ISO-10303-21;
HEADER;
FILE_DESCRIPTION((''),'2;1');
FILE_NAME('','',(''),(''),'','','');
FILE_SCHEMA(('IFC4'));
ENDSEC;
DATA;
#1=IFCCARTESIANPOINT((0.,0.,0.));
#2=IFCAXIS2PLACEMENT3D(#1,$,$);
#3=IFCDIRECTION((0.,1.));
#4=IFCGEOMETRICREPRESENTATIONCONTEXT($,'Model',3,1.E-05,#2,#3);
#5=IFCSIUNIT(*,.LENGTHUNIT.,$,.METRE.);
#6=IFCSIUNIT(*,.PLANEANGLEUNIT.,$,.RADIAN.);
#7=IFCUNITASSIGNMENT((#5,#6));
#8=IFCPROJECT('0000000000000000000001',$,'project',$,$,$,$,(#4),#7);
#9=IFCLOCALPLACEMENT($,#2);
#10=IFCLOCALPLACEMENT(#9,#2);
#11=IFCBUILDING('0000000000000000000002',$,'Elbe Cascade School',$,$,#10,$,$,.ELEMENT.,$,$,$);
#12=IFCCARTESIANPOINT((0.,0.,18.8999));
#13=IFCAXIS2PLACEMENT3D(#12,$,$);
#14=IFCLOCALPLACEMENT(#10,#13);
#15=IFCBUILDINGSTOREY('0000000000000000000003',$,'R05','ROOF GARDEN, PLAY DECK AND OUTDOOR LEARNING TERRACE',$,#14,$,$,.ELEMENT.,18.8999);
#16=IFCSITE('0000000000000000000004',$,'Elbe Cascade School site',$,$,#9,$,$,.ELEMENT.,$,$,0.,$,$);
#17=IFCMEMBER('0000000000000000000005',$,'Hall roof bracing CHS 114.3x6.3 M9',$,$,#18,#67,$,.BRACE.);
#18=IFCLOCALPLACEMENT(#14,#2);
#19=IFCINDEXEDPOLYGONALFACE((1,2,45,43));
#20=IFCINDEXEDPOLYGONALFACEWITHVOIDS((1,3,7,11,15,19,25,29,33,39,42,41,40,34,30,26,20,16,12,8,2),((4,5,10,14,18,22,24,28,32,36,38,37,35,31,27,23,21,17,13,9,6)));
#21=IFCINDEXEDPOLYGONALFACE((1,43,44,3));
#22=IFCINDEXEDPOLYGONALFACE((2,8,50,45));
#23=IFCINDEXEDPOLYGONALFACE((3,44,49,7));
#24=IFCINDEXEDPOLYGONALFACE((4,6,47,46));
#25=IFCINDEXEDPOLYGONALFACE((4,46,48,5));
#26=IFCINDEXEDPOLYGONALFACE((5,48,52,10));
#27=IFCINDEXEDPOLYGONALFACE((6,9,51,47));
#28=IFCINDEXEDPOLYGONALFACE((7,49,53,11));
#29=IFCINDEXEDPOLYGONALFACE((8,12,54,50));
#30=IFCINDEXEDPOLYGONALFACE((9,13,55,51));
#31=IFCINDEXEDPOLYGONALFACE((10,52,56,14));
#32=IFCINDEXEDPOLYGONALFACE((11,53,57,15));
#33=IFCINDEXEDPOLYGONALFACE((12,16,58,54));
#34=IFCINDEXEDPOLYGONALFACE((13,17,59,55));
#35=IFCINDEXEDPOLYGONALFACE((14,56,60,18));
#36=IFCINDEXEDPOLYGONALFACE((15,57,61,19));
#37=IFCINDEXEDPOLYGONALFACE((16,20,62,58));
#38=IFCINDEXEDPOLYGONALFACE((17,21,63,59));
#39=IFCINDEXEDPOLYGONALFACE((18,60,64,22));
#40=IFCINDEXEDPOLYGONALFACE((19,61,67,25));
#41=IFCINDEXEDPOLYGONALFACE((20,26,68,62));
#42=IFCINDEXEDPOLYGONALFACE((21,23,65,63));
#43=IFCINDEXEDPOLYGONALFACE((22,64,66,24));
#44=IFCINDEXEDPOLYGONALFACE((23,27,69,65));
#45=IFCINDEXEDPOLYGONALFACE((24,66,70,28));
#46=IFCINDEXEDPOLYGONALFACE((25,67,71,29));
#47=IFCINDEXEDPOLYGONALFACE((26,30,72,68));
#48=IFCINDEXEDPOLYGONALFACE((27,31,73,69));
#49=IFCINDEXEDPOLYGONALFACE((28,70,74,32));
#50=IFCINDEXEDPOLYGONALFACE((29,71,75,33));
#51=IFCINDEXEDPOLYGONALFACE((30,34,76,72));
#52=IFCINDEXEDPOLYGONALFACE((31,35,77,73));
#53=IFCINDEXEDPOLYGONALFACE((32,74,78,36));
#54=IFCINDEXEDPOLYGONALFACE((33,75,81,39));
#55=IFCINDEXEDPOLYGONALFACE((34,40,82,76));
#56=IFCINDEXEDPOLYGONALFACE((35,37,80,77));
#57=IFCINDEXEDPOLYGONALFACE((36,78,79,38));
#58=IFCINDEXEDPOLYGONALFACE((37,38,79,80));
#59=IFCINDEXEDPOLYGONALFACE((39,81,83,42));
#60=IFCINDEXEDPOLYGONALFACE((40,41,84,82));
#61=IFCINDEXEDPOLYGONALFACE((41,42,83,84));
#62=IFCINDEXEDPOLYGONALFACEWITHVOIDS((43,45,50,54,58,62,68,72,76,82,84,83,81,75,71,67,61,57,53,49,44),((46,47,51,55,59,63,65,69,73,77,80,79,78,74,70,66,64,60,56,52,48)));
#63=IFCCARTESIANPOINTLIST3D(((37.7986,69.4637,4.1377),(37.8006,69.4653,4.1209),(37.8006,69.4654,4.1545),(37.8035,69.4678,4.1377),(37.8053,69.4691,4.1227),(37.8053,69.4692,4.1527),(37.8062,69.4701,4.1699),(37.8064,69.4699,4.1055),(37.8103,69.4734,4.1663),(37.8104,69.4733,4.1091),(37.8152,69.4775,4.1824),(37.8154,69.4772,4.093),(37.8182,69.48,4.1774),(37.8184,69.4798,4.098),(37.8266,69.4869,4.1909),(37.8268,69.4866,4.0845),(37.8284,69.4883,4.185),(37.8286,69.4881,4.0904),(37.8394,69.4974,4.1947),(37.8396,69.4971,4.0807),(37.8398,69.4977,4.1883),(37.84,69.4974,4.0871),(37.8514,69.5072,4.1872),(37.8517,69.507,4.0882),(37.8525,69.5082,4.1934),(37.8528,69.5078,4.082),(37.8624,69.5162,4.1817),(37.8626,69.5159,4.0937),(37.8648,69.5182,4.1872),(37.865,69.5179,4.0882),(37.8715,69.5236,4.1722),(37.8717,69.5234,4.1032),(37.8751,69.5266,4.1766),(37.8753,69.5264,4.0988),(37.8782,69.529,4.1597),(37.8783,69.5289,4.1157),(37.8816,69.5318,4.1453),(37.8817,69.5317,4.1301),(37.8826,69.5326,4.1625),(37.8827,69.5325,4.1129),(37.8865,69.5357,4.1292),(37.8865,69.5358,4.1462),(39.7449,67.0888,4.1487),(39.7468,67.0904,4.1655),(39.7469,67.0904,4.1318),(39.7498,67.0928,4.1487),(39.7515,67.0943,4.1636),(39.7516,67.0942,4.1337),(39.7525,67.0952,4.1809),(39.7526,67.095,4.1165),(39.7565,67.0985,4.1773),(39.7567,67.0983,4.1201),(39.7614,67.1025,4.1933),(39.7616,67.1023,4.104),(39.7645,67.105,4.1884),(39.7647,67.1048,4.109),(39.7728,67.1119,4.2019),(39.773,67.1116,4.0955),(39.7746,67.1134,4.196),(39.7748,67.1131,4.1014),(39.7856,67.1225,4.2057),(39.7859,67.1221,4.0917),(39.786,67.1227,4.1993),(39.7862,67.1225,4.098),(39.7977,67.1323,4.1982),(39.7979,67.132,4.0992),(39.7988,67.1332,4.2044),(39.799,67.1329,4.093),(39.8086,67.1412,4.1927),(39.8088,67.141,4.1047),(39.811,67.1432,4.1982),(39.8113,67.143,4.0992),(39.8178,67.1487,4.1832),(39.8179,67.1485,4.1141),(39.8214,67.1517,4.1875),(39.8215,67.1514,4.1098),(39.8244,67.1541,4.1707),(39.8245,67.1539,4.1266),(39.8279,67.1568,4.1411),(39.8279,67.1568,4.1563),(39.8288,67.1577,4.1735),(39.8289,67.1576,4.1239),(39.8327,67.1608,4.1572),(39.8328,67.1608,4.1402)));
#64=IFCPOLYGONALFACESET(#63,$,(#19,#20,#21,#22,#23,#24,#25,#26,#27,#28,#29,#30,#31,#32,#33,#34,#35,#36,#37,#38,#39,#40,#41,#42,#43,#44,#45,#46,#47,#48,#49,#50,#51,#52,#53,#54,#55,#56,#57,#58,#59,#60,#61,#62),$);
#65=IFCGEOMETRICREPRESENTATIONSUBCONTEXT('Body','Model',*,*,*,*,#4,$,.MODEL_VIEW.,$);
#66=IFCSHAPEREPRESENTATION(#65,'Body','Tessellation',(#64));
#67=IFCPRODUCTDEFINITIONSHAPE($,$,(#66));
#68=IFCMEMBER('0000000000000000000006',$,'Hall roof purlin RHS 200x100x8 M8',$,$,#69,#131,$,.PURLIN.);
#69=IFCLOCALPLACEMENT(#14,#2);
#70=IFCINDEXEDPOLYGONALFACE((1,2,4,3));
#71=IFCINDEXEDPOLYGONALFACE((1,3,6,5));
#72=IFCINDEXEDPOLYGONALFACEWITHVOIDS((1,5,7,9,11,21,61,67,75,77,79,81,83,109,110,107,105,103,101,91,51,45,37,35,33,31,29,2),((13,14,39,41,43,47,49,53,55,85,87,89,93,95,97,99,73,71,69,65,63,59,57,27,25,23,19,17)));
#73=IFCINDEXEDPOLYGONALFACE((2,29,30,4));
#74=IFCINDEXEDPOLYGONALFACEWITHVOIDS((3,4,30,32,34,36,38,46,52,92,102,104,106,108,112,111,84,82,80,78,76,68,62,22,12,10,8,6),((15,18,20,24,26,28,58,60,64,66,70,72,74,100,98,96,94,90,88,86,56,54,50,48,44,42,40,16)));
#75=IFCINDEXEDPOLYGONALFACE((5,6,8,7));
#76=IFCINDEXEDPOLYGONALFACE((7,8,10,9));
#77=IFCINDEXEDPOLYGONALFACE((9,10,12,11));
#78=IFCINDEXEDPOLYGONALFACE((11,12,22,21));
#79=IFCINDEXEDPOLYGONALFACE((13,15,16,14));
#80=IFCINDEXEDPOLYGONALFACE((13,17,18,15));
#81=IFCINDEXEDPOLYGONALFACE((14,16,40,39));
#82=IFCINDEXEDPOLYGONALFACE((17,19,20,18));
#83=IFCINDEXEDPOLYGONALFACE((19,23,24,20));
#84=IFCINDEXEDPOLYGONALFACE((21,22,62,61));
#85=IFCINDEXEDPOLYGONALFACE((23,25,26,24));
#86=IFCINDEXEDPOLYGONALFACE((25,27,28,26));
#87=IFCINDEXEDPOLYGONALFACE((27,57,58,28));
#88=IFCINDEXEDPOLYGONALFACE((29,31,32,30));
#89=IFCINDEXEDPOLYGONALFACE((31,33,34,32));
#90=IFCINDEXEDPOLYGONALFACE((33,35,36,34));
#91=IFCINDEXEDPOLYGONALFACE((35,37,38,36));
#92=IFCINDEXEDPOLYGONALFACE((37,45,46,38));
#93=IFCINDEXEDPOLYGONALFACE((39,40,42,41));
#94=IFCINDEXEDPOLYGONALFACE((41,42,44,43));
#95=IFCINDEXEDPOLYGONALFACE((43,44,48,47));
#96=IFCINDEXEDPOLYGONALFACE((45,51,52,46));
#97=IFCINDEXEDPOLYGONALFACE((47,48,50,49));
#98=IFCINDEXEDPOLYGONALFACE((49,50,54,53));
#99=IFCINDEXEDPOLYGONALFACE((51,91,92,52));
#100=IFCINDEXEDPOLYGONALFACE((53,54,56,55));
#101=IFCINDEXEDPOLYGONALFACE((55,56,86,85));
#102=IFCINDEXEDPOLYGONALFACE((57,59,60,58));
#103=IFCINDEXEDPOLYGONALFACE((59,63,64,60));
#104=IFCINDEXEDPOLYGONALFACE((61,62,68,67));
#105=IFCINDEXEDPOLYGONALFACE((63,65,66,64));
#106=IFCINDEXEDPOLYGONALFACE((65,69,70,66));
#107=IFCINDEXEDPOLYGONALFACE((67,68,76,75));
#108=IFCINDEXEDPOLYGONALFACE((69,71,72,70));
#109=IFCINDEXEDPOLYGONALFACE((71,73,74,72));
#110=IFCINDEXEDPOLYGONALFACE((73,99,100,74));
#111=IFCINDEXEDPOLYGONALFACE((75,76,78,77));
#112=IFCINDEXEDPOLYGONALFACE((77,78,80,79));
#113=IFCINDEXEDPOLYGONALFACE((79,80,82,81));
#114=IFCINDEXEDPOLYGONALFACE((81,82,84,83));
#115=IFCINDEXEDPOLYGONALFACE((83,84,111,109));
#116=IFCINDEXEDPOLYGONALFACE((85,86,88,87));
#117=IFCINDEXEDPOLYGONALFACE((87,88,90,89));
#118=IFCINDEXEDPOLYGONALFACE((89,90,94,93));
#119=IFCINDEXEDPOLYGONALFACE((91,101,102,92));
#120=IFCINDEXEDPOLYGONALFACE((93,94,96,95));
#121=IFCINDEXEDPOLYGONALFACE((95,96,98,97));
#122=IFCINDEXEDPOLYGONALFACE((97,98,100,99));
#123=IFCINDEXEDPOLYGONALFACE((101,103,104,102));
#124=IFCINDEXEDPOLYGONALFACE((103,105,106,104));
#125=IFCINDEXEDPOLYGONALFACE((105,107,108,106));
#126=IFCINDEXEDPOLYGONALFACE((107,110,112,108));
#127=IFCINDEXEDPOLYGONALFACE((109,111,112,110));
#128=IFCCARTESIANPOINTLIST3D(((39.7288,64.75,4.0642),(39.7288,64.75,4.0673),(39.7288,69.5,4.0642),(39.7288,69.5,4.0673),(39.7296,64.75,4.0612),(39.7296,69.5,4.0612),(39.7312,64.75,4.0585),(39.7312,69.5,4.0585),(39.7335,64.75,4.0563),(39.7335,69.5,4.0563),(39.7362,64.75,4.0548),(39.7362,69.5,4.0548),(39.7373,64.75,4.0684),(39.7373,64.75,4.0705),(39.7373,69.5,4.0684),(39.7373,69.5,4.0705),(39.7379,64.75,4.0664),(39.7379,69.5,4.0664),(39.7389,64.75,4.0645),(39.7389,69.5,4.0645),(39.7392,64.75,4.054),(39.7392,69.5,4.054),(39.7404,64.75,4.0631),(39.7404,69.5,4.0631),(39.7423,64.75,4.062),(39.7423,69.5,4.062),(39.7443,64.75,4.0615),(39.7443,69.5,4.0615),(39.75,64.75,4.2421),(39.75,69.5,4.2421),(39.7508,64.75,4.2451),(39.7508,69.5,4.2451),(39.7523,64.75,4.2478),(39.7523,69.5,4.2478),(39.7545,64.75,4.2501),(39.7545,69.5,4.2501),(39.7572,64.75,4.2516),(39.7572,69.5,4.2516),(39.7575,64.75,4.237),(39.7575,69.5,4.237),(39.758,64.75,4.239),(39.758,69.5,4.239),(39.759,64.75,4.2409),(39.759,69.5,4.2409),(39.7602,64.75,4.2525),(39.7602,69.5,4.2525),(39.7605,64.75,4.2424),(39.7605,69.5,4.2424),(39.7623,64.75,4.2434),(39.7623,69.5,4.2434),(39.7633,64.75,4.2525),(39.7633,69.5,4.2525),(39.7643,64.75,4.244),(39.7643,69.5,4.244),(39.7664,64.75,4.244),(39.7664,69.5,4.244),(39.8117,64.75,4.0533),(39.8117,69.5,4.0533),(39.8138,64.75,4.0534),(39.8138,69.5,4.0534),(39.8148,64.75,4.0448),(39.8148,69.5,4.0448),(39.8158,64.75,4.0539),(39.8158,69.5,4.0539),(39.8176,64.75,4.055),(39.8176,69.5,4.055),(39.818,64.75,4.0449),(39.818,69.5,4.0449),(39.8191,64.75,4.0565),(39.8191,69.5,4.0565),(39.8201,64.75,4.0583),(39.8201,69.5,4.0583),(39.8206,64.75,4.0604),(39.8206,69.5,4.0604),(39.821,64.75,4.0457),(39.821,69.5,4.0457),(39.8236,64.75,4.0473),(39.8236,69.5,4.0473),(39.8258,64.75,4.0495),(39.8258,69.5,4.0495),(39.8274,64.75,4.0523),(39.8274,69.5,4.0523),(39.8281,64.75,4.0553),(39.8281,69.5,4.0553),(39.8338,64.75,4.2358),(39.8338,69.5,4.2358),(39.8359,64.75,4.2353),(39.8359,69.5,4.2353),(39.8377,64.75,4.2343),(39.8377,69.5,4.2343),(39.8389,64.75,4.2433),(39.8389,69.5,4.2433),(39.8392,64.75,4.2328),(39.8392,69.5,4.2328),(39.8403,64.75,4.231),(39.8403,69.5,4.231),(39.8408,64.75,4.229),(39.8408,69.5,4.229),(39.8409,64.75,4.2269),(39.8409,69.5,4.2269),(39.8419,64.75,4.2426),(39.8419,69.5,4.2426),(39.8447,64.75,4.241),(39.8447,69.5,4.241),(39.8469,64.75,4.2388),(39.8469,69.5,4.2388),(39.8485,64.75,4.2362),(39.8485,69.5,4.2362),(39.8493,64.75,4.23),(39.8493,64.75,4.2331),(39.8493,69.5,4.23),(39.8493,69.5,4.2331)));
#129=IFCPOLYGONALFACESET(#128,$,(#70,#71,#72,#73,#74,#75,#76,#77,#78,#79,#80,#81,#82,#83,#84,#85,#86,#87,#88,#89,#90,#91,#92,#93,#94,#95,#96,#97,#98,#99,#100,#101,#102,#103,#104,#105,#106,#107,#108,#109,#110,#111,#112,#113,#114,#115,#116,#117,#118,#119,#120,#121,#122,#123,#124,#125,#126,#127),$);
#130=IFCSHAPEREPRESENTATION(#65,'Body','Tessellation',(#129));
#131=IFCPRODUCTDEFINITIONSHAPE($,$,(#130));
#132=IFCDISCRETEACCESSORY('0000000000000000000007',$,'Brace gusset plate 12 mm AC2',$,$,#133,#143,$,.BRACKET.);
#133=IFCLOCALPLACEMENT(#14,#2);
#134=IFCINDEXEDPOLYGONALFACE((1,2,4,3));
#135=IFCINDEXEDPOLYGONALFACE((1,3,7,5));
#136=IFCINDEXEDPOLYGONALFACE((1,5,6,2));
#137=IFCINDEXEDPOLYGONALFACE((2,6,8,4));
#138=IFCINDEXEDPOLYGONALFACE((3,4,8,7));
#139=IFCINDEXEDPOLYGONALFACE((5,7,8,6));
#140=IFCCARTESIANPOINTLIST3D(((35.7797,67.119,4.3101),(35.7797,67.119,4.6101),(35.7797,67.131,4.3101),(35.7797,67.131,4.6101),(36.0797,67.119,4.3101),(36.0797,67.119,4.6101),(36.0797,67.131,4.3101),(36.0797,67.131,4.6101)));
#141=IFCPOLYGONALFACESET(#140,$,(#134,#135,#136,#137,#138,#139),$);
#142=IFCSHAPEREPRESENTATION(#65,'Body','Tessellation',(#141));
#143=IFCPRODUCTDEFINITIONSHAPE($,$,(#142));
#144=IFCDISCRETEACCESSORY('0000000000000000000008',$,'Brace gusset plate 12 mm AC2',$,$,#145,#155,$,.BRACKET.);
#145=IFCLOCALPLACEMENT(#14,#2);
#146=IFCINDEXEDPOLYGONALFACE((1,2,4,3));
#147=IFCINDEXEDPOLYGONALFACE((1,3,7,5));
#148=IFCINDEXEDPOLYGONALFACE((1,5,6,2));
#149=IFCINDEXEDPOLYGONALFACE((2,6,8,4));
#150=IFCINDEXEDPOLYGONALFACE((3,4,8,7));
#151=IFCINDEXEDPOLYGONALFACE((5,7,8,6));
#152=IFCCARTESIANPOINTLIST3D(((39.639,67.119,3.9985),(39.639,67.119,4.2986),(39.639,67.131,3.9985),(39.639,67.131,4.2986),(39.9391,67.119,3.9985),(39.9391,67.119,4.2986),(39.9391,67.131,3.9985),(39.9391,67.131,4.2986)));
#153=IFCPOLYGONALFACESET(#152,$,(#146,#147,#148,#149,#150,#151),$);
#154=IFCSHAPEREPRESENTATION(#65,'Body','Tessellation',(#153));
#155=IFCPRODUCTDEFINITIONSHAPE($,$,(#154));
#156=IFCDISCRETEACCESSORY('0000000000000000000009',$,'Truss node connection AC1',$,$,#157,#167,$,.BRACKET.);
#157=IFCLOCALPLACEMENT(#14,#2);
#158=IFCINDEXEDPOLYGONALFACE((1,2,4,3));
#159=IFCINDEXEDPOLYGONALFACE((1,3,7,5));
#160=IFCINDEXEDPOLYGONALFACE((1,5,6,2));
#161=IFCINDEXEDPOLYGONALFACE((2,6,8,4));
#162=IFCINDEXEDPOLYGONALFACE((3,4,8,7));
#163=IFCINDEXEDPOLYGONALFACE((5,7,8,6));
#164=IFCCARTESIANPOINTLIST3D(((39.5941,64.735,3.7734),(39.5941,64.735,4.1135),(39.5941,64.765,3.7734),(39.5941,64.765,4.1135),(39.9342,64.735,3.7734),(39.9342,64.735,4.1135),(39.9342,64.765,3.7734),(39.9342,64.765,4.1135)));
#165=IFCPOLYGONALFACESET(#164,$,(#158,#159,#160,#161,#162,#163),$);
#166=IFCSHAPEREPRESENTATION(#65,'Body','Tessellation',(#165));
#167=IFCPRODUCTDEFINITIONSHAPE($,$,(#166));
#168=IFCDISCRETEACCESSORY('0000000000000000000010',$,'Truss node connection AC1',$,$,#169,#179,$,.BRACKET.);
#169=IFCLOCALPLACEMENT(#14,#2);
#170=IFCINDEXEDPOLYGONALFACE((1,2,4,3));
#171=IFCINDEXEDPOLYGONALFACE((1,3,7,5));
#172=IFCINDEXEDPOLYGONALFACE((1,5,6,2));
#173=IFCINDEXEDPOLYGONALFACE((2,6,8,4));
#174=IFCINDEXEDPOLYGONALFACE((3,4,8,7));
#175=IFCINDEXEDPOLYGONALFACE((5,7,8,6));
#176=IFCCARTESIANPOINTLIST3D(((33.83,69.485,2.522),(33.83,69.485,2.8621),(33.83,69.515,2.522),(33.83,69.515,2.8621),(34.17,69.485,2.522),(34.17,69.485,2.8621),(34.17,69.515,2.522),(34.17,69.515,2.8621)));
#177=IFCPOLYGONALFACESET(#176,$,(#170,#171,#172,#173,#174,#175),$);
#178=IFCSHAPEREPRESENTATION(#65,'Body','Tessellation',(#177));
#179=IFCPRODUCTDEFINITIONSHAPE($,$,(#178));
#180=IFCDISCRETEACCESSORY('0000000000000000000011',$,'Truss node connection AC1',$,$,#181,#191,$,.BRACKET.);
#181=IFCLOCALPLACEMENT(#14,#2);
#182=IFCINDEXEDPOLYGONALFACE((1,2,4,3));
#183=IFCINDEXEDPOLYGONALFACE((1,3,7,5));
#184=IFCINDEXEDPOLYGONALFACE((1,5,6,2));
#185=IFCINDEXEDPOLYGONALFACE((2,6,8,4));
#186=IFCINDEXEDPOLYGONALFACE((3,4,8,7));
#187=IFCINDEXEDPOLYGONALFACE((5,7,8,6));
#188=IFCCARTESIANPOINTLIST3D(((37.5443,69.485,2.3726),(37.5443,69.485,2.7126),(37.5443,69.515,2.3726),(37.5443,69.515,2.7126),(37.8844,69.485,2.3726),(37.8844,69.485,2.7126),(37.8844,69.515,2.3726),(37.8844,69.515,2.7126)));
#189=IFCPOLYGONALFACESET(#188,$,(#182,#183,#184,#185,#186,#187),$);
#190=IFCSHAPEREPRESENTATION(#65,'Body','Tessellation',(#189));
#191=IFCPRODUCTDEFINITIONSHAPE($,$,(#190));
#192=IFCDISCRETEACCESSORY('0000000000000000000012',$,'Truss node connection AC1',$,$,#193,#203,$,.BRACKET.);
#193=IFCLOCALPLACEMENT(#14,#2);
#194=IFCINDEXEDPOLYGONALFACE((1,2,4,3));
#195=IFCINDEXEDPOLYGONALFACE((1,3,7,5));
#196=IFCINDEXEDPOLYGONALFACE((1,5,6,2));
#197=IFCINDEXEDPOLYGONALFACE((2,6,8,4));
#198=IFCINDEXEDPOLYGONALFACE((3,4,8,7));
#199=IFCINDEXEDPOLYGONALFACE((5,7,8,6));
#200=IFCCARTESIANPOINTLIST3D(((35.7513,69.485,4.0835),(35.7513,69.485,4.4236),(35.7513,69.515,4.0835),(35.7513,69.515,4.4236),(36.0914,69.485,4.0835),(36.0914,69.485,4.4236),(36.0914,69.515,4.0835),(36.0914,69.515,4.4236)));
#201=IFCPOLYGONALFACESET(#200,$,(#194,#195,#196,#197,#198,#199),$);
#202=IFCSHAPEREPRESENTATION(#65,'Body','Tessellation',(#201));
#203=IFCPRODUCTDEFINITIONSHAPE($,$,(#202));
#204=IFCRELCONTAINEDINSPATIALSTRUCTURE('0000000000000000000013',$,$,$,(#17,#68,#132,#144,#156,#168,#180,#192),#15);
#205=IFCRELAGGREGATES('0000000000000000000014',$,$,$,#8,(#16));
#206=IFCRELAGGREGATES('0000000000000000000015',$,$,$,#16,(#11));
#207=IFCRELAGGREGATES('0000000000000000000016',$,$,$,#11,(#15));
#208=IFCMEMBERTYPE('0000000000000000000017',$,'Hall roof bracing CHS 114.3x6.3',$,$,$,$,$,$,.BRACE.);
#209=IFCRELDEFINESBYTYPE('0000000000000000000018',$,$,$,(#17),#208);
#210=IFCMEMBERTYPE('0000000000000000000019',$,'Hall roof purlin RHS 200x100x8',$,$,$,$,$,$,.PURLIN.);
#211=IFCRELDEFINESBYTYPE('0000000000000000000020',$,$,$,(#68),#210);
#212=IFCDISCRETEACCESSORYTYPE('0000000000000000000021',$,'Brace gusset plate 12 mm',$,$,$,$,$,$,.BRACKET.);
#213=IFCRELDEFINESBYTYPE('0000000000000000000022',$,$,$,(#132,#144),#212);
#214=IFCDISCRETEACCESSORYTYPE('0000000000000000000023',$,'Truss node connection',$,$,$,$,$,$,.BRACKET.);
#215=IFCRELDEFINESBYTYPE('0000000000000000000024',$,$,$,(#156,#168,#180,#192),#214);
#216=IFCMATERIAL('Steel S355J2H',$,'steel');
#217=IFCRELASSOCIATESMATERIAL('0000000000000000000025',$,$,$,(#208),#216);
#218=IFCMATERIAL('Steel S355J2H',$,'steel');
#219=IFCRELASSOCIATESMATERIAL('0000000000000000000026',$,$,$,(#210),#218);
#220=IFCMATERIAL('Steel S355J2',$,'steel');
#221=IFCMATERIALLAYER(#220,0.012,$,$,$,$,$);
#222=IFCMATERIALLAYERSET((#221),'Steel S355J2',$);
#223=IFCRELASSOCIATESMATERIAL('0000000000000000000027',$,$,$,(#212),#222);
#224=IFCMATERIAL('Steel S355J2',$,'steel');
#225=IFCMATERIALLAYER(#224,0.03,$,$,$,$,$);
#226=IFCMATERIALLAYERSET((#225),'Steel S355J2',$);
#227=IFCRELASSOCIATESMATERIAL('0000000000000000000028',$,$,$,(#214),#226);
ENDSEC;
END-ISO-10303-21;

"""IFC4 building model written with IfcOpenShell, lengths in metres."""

from ifc_helpers import new_model, si_unit, direction, frame, origin, origin_2d, place, context, subcontext, project, spatial, rectangle, hollow_rectangle, hollow_circle, extrude, material, layer, layer_set, material_profile, profile_set, type_object, element, save


model = new_model("IFC4")

# Units and contexts
model_context = context("Model", 3, precision=1e-05, world=origin(), true_north=direction((0.0, 1.0)))
body_context = subcontext(model_context, "Body", "Model", "MODEL_VIEW")
ifc_project = project(units=[si_unit("LENGTHUNIT", "METRE"), si_unit("PLANEANGLEUNIT", "RADIAN")], contexts=[model_context])

# Site, building, storey
site_placement = place(None, origin())
site = spatial("IfcSite", under=ifc_project, at=site_placement, Name="Elbe Cascade School site", CompositionType="ELEMENT", RefElevation=0.0)
building_placement = place(site_placement, origin())
building = spatial("IfcBuilding", under=site, at=building_placement, Name="Elbe Cascade School", CompositionType="ELEMENT")
storey_placement = place(building_placement, frame((0.0, 0.0, 18.8999)))
storey = spatial("IfcBuildingStorey", under=building, at=storey_placement, Name="R05", Description="ROOF GARDEN, PLAY DECK AND OUTDOOR LEARNING TERRACE", CompositionType="ELEMENT", Elevation=18.8999)

# Members
ifc_material_1 = material(Name="Steel S355J2H", Category="steel")
ifc_material_profile_1 = material_profile(ifc_material_1, hollow_circle(Radius=0.0571, WallThickness=0.0063, at=origin_2d()), Name="CHS 114.3x6.3")
ifc_profile_set_1 = profile_set([ifc_material_profile_1], Name="Steel S355J2H")
member_type_1 = type_object("IfcMemberType", Name="Hall roof bracing CHS 114.3x6.3", PredefinedType="BRACE", material=ifc_profile_set_1)
member_1_placement = place(storey_placement, frame((39.7891, 67.125, 4.1487), z_axis=(-0.63384, 0.773456, -0.003578), x_axis=(-0.773461, -0.633844, 0.0)))
element("IfcMember", 1, at=member_1_placement, inside=storey, type_object=member_type_1, Name="Hall roof bracing CHS 114.3x6.3 M9", PredefinedType="BRACE", context=body_context, shape_type="SweptSolid", body=[
    extrude(hollow_circle(Radius=0.0571, WallThickness=0.0063, at=origin_2d()), origin(), (0.0, 0.0, 1.0), 3.0706),
])
ifc_material_2 = material(Name="Steel S355J2H", Category="steel")
ifc_material_profile_2 = material_profile(ifc_material_2, hollow_rectangle(XDim=0.1001, YDim=0.2, WallThickness=0.0081, InnerFilletRadius=0.0081, OuterFilletRadius=0.012, at=origin_2d()), Name="RHS 200x100x8")
ifc_profile_set_2 = profile_set([ifc_material_profile_2], Name="Steel S355J2H")
member_type_2 = type_object("IfcMemberType", Name="Hall roof purlin RHS 200x100x8", PredefinedType="PURLIN", material=ifc_profile_set_2)
member_2_placement = place(storey_placement, frame((39.7891, 64.75, 4.1487), z_axis=(0.0, 1.0, 0.0), x_axis=(-0.992718, 0.0, 0.120463)))
element("IfcMember", 2, at=member_2_placement, inside=storey, type_object=member_type_2, Name="Hall roof purlin RHS 200x100x8 M8", PredefinedType="PURLIN", context=body_context, shape_type="SweptSolid", body=[
    extrude(hollow_rectangle(XDim=0.1001, YDim=0.2, WallThickness=0.0081, InnerFilletRadius=0.0081, OuterFilletRadius=0.012, at=origin_2d()), origin(), (0.0, 0.0, 1.0), 4.75),
])

# Discrete accessories
ifc_material_3 = material(Name="Steel S355J2", Category="steel")
ifc_layer_1 = layer(ifc_material_3, 0.012)
ifc_layer_set_1 = layer_set([ifc_layer_1], Name="Steel S355J2")
discrete_accessory_type_1 = type_object("IfcDiscreteAccessoryType", Name="Brace gusset plate 12 mm", PredefinedType="BRACKET", material=ifc_layer_set_1)
for number, where, z_axis, x_axis, name in (
    (3, (35.9297, 67.125, 4.3101), (0.0, 0.0, 1.0), (1.0, 0.0, 0.0), "Brace gusset plate 12 mm AC2"),
    (4, (39.7891, 67.125, 3.9985), (0.0, 0.0, 1.0), (1.0, 0.0, 0.0), "Brace gusset plate 12 mm AC2"),
):
    element("IfcDiscreteAccessory", number, at=place(storey_placement, frame(where, z_axis=z_axis, x_axis=x_axis)), inside=storey, type_object=discrete_accessory_type_1, Name=name, PredefinedType="BRACKET", context=body_context, shape_type="SweptSolid", body=[
        extrude(rectangle(XDim=0.3, YDim=0.012, at=origin_2d()), origin(), (0.0, 0.0, 1.0), 0.3),
    ])
ifc_material_4 = material(Name="Steel S355J2", Category="steel")
ifc_layer_2 = layer(ifc_material_4, 0.03)
ifc_layer_set_2 = layer_set([ifc_layer_2], Name="Steel S355J2")
discrete_accessory_type_2 = type_object("IfcDiscreteAccessoryType", Name="Truss node connection", PredefinedType="BRACKET", material=ifc_layer_set_2)
for number, where, z_axis, x_axis, name in (
    (5, (39.7642, 64.75, 3.7734), (0.0, 0.0, 1.0), (1.0, 0.0, 0.0), "Truss node connection AC1"),
    (6, (34.0, 69.5, 2.522), (0.0, 0.0, 1.0), (1.0, 0.0, 0.0), "Truss node connection AC1"),
    (7, (37.7144, 69.5, 2.3726), (0.0, 0.0, 1.0), (1.0, 0.0, 0.0), "Truss node connection AC1"),
    (8, (35.9214, 69.5, 4.0835), (0.0, 0.0, 1.0), (1.0, 0.0, 0.0), "Truss node connection AC1"),
):
    element("IfcDiscreteAccessory", number, at=place(storey_placement, frame(where, z_axis=z_axis, x_axis=x_axis)), inside=storey, type_object=discrete_accessory_type_2, Name=name, PredefinedType="BRACKET", context=body_context, shape_type="SweptSolid", body=[
        extrude(rectangle(XDim=0.3401, YDim=0.03, at=origin_2d()), origin(), (0.0, 0.0, 1.0), 0.3401),
    ])

save(model, "model.ifc")
